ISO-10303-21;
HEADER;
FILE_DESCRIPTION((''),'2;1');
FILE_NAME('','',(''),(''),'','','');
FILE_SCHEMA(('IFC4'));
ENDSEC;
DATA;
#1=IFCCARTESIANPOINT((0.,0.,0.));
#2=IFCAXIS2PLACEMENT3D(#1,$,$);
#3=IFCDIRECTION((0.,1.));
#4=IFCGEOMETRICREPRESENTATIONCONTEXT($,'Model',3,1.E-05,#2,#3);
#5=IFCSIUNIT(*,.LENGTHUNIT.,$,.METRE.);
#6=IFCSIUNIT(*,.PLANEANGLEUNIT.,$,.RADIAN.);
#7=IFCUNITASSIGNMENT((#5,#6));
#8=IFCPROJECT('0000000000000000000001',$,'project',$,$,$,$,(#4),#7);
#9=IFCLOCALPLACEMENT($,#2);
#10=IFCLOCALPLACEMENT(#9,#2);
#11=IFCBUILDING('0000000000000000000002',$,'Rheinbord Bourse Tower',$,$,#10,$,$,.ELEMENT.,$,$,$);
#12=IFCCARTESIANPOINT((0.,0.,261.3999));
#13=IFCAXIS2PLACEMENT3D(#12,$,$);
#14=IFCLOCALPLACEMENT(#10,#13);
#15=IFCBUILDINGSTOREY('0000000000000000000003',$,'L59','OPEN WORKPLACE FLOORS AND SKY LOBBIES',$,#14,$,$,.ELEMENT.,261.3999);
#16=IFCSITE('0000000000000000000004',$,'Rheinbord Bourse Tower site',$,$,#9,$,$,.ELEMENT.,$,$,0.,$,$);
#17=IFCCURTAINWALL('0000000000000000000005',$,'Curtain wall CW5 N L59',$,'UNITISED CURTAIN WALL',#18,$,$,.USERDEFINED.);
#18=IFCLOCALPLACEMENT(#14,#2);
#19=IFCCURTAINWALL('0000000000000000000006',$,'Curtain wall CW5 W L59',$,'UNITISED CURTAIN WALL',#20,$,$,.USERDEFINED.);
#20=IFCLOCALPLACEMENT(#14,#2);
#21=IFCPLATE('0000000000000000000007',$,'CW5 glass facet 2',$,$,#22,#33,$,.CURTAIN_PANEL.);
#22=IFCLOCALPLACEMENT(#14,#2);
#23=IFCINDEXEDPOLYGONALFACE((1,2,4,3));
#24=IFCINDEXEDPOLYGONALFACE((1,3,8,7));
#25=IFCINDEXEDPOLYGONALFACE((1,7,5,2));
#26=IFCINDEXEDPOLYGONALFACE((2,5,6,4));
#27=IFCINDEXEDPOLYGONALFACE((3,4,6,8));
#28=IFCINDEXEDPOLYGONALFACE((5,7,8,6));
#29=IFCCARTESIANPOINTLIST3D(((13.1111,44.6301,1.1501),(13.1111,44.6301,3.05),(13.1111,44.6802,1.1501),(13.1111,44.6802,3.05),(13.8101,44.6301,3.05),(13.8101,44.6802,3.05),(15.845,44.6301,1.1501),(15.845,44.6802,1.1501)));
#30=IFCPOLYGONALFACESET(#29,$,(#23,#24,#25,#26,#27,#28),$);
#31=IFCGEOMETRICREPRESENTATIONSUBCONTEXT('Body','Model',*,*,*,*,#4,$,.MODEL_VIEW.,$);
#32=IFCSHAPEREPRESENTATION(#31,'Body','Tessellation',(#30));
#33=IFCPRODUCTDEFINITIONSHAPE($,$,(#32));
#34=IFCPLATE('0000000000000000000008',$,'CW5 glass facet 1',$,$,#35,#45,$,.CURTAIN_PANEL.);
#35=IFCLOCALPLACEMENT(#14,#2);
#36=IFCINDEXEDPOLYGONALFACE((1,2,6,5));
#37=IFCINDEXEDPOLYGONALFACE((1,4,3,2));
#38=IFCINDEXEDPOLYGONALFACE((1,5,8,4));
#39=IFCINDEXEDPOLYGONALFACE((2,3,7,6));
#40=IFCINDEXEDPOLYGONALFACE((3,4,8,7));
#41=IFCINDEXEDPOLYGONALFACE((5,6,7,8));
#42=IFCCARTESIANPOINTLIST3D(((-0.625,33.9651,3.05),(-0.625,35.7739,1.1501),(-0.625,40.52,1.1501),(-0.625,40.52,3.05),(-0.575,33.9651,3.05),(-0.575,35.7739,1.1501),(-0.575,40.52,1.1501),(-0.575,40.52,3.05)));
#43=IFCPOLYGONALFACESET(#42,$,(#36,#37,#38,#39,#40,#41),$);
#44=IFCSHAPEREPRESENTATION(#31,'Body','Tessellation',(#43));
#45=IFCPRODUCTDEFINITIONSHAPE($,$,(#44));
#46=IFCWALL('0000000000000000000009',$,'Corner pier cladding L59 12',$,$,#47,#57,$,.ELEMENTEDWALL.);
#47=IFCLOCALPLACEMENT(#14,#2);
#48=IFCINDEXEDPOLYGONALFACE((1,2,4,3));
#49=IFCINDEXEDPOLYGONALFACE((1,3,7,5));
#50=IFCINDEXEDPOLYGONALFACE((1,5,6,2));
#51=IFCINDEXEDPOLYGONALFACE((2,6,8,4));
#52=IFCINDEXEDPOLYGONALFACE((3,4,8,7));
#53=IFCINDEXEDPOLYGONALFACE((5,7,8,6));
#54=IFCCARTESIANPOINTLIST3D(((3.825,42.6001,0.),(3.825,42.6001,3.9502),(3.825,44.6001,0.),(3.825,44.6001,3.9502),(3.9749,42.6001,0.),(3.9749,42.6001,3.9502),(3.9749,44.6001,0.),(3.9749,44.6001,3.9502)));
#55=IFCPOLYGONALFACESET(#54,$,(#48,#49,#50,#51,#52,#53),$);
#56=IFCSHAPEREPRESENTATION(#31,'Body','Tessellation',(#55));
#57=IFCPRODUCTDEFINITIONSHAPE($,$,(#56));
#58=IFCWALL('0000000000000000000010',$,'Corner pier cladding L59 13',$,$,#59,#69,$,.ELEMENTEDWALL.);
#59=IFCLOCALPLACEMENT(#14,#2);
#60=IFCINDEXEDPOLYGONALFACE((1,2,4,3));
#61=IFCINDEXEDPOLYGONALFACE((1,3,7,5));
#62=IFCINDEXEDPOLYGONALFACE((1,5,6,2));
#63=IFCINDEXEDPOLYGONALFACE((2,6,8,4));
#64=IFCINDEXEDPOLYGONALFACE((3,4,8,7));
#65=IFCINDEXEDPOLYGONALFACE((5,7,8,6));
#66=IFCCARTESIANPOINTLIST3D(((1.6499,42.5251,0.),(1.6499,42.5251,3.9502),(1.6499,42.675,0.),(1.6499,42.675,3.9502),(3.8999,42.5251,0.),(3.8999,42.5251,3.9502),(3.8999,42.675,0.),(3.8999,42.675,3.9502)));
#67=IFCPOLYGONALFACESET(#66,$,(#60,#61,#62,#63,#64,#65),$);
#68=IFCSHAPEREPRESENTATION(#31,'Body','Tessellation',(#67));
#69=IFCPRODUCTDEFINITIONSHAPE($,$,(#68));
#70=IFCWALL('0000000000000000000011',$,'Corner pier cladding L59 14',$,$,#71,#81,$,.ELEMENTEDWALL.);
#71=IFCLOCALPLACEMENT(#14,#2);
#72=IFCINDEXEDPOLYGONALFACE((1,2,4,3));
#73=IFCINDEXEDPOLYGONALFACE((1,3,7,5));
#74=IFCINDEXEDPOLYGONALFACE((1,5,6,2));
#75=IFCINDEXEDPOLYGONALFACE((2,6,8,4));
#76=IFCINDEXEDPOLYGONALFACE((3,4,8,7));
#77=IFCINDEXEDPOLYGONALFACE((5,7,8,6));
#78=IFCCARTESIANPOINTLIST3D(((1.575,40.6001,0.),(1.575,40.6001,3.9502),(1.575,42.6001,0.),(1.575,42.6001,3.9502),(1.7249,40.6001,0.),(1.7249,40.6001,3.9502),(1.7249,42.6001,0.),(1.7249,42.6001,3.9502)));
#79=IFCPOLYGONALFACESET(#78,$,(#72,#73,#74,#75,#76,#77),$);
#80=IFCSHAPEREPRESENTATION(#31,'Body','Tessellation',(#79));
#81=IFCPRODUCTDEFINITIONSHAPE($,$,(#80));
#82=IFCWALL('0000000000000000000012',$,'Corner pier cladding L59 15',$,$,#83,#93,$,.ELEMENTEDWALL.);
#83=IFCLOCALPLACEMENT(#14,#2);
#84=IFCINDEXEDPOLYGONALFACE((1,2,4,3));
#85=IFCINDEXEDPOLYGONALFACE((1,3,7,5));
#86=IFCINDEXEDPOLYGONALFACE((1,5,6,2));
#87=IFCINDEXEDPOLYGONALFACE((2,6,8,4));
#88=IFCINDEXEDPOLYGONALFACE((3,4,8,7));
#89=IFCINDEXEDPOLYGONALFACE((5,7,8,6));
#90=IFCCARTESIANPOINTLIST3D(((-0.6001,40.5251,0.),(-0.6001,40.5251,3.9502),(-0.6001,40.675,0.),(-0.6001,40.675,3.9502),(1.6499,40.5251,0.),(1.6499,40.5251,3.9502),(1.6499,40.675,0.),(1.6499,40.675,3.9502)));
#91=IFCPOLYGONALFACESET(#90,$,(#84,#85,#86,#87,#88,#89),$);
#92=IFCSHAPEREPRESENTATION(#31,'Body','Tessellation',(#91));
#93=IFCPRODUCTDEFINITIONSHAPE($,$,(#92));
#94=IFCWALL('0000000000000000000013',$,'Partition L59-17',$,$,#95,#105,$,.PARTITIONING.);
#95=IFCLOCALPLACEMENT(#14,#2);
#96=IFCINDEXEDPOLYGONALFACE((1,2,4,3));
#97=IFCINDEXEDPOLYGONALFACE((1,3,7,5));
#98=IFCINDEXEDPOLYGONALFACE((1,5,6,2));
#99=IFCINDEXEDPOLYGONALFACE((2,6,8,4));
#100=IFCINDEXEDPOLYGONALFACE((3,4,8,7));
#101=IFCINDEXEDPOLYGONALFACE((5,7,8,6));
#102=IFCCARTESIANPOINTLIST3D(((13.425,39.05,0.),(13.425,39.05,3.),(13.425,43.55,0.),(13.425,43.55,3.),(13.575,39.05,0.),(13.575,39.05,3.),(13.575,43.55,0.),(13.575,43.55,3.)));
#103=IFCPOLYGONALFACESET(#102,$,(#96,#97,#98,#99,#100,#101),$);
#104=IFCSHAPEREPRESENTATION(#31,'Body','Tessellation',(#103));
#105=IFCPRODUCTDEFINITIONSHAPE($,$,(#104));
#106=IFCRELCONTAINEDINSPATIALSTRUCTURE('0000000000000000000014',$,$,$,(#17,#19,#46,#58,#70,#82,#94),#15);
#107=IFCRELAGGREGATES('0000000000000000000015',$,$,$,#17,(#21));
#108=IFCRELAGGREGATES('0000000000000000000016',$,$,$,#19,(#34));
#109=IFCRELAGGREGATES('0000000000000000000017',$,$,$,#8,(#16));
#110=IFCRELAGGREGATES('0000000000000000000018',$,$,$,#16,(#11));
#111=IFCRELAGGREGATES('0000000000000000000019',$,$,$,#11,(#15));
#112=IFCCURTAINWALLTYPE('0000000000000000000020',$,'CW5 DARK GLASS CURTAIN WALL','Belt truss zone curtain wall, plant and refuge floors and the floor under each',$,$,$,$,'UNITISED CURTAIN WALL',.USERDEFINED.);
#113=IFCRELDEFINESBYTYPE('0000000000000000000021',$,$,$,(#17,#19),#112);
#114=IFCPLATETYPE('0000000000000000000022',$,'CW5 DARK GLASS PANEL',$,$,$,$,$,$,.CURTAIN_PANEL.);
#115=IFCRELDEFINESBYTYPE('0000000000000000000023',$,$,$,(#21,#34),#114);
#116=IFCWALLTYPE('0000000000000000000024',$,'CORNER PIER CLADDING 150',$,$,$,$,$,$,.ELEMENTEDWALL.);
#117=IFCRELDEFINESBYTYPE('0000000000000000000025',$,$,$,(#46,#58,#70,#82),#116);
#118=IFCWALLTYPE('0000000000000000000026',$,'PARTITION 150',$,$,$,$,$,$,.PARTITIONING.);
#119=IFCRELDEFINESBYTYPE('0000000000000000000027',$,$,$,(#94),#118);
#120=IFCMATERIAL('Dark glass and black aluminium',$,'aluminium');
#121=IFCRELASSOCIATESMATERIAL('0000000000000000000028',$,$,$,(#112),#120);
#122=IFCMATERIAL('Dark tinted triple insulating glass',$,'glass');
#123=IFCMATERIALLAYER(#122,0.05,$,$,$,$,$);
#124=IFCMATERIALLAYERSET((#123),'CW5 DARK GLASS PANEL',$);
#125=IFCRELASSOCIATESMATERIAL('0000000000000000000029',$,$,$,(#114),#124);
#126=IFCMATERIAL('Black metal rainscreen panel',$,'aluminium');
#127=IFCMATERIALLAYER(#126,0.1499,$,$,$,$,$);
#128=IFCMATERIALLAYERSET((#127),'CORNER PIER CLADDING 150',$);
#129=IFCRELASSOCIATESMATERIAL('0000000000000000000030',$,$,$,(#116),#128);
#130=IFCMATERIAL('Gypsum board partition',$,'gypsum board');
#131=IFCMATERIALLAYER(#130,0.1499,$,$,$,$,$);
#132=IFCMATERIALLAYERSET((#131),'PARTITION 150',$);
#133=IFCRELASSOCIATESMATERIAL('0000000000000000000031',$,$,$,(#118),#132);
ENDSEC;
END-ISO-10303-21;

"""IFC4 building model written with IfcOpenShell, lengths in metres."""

from ifc_helpers import new_model, si_unit, direction, frame, frame_2d, origin, place, context, subcontext, project, spatial, polyline, rectangle, outline, extrude, material, layer, layer_set, type_object, element, aggregate, save


model = new_model("IFC4")

# Units and contexts
model_context = context("Model", 3, precision=1e-05, world=origin(), true_north=direction((0.0, 1.0)))
body_context = subcontext(model_context, "Body", "Model", "MODEL_VIEW")
ifc_project = project(units=[si_unit("LENGTHUNIT", "METRE"), si_unit("PLANEANGLEUNIT", "RADIAN")], contexts=[model_context])

# Site, building, storey
site_placement = place(None, origin())
site = spatial("IfcSite", under=ifc_project, at=site_placement, Name="Rheinbord Bourse Tower site", CompositionType="ELEMENT", RefElevation=0.0)
building_placement = place(site_placement, origin())
building = spatial("IfcBuilding", under=site, at=building_placement, Name="Rheinbord Bourse Tower", CompositionType="ELEMENT")
storey_placement = place(building_placement, frame((0.0, 0.0, 261.3999)))
storey = spatial("IfcBuildingStorey", under=building, at=storey_placement, Name="L59", Description="OPEN WORKPLACE FLOORS AND SKY LOBBIES", CompositionType="ELEMENT", Elevation=261.3999)

# Curtain wall
ifc_material_1 = material(Name="Dark glass and black aluminium", Category="aluminium")
curtain_wall_type = type_object("IfcCurtainWallType", Name="CW5 DARK GLASS CURTAIN WALL", Description="Belt truss zone curtain wall, plant and refuge floors and the floor under each", ElementType="UNITISED CURTAIN WALL", PredefinedType="USERDEFINED", material=ifc_material_1)
curtain_wall_1_placement = place(storey_placement, origin())
curtain_wall_1 = element("IfcCurtainWall", 1, at=curtain_wall_1_placement, inside=storey, type_object=curtain_wall_type, Name="Curtain wall CW5 N L59", ObjectType="UNITISED CURTAIN WALL", PredefinedType="USERDEFINED")

# Curtain wall
curtain_wall_2_placement = place(storey_placement, origin())
curtain_wall_2 = element("IfcCurtainWall", 2, at=curtain_wall_2_placement, inside=storey, type_object=curtain_wall_type, Name="Curtain wall CW5 W L59", ObjectType="UNITISED CURTAIN WALL", PredefinedType="USERDEFINED")

# Plates
ifc_material_2 = material(Name="Dark tinted triple insulating glass", Category="glass")
ifc_layer_1 = layer(ifc_material_2, 0.05)
ifc_layer_set_1 = layer_set([ifc_layer_1], Name="CW5 DARK GLASS PANEL")
plate_type = type_object("IfcPlateType", Name="CW5 DARK GLASS PANEL", PredefinedType="CURTAIN_PANEL", material=ifc_layer_set_1)
plate_1_placement = place(storey_placement, frame((13.1111, 44.6802, 3.05), z_axis=(0.0, -1.0, 0.0), x_axis=(0.0, 0.0, -1.0)))
plate_1 = element("IfcPlate", 3, at=plate_1_placement, type_object=plate_type, Name="CW5 glass facet 2", PredefinedType="CURTAIN_PANEL", context=body_context, shape_type="SweptSolid", body=[
    extrude(outline(polyline([(0.0, 0.0), (1.8999, 0.0), (1.8999, 2.7339), (0.0, 0.699), (0.0, 0.0)])), origin(), (0.0, 0.0, 1.0), 0.05),
])
aggregate(curtain_wall_1, [plate_1])
plate_2_placement = place(storey_placement, frame((-0.625, 40.52, 1.1501), z_axis=(1.0, 0.0, 0.0), x_axis=(0.0, 0.0, 1.0)))
plate_2 = element("IfcPlate", 4, at=plate_2_placement, type_object=plate_type, Name="CW5 glass facet 1", PredefinedType="CURTAIN_PANEL", context=body_context, shape_type="SweptSolid", body=[
    extrude(outline(polyline([(0.0, 0.0), (1.8999, 0.0), (1.8999, 6.5549), (0.0, 4.7461), (0.0, 0.0)])), origin(), (0.0, 0.0, 1.0), 0.05),
])
aggregate(curtain_wall_2, [plate_2])

# Walls
ifc_material_3 = material(Name="Black metal rainscreen panel", Category="aluminium")
ifc_layer_2 = layer(ifc_material_3, 0.1499)
ifc_layer_set_2 = layer_set([ifc_layer_2], Name="CORNER PIER CLADDING 150")
wall_type_1 = type_object("IfcWallType", Name="CORNER PIER CLADDING 150", PredefinedType="ELEMENTEDWALL", material=ifc_layer_set_2)
wall_1_placement = place(storey_placement, frame((3.8999, 44.6001, 0.0), z_axis=(0.0, 0.0, 1.0), x_axis=(0.0, -1.0, 0.0)))
element("IfcWall", 5, at=wall_1_placement, inside=storey, type_object=wall_type_1, Name="Corner pier cladding L59 12", PredefinedType="ELEMENTEDWALL", context=body_context, shape_type="SweptSolid", body=[
    extrude(rectangle(XDim=2.0, YDim=0.1499, at=frame_2d((1.0, 0.0))), origin(), (0.0, 0.0, 1.0), 3.9502),
])
wall_2_placement = place(storey_placement, frame((3.8999, 42.6001, 0.0), z_axis=(0.0, 0.0, 1.0), x_axis=(-1.0, 0.0, 0.0)))
element("IfcWall", 6, at=wall_2_placement, inside=storey, type_object=wall_type_1, Name="Corner pier cladding L59 13", PredefinedType="ELEMENTEDWALL", context=body_context, shape_type="SweptSolid", body=[
    extrude(rectangle(XDim=2.25, YDim=0.1499, at=frame_2d((1.125, 0.0))), origin(), (0.0, 0.0, 1.0), 3.9502),
])
wall_3_placement = place(storey_placement, frame((1.6499, 42.6001, 0.0), z_axis=(0.0, 0.0, 1.0), x_axis=(0.0, -1.0, 0.0)))
element("IfcWall", 7, at=wall_3_placement, inside=storey, type_object=wall_type_1, Name="Corner pier cladding L59 14", PredefinedType="ELEMENTEDWALL", context=body_context, shape_type="SweptSolid", body=[
    extrude(rectangle(XDim=2.0, YDim=0.1499, at=frame_2d((1.0, 0.0))), origin(), (0.0, 0.0, 1.0), 3.9502),
])
wall_4_placement = place(storey_placement, frame((1.6499, 40.6001, 0.0), z_axis=(0.0, 0.0, 1.0), x_axis=(-1.0, 0.0, 0.0)))
element("IfcWall", 8, at=wall_4_placement, inside=storey, type_object=wall_type_1, Name="Corner pier cladding L59 15", PredefinedType="ELEMENTEDWALL", context=body_context, shape_type="SweptSolid", body=[
    extrude(rectangle(XDim=2.25, YDim=0.1499, at=frame_2d((1.125, 0.0))), origin(), (0.0, 0.0, 1.0), 3.9502),
])
ifc_material_4 = material(Name="Gypsum board partition", Category="gypsum board")
ifc_layer_3 = layer(ifc_material_4, 0.1499)
ifc_layer_set_3 = layer_set([ifc_layer_3], Name="PARTITION 150")
wall_type_2 = type_object("IfcWallType", Name="PARTITION 150", PredefinedType="PARTITIONING", material=ifc_layer_set_3)
wall_5_placement = place(storey_placement, frame((13.5, 39.05, 0.0), z_axis=(0.0, 0.0, 1.0), x_axis=(0.0, 1.0, 0.0)))
element("IfcWall", 9, at=wall_5_placement, inside=storey, type_object=wall_type_2, Name="Partition L59-17", PredefinedType="PARTITIONING", context=body_context, shape_type="SweptSolid", body=[
    extrude(rectangle(XDim=4.5, YDim=0.1499, at=frame_2d((2.25, 0.0))), origin(), (0.0, 0.0, 1.0), 3.0),
])

save(model, "model.ifc")
